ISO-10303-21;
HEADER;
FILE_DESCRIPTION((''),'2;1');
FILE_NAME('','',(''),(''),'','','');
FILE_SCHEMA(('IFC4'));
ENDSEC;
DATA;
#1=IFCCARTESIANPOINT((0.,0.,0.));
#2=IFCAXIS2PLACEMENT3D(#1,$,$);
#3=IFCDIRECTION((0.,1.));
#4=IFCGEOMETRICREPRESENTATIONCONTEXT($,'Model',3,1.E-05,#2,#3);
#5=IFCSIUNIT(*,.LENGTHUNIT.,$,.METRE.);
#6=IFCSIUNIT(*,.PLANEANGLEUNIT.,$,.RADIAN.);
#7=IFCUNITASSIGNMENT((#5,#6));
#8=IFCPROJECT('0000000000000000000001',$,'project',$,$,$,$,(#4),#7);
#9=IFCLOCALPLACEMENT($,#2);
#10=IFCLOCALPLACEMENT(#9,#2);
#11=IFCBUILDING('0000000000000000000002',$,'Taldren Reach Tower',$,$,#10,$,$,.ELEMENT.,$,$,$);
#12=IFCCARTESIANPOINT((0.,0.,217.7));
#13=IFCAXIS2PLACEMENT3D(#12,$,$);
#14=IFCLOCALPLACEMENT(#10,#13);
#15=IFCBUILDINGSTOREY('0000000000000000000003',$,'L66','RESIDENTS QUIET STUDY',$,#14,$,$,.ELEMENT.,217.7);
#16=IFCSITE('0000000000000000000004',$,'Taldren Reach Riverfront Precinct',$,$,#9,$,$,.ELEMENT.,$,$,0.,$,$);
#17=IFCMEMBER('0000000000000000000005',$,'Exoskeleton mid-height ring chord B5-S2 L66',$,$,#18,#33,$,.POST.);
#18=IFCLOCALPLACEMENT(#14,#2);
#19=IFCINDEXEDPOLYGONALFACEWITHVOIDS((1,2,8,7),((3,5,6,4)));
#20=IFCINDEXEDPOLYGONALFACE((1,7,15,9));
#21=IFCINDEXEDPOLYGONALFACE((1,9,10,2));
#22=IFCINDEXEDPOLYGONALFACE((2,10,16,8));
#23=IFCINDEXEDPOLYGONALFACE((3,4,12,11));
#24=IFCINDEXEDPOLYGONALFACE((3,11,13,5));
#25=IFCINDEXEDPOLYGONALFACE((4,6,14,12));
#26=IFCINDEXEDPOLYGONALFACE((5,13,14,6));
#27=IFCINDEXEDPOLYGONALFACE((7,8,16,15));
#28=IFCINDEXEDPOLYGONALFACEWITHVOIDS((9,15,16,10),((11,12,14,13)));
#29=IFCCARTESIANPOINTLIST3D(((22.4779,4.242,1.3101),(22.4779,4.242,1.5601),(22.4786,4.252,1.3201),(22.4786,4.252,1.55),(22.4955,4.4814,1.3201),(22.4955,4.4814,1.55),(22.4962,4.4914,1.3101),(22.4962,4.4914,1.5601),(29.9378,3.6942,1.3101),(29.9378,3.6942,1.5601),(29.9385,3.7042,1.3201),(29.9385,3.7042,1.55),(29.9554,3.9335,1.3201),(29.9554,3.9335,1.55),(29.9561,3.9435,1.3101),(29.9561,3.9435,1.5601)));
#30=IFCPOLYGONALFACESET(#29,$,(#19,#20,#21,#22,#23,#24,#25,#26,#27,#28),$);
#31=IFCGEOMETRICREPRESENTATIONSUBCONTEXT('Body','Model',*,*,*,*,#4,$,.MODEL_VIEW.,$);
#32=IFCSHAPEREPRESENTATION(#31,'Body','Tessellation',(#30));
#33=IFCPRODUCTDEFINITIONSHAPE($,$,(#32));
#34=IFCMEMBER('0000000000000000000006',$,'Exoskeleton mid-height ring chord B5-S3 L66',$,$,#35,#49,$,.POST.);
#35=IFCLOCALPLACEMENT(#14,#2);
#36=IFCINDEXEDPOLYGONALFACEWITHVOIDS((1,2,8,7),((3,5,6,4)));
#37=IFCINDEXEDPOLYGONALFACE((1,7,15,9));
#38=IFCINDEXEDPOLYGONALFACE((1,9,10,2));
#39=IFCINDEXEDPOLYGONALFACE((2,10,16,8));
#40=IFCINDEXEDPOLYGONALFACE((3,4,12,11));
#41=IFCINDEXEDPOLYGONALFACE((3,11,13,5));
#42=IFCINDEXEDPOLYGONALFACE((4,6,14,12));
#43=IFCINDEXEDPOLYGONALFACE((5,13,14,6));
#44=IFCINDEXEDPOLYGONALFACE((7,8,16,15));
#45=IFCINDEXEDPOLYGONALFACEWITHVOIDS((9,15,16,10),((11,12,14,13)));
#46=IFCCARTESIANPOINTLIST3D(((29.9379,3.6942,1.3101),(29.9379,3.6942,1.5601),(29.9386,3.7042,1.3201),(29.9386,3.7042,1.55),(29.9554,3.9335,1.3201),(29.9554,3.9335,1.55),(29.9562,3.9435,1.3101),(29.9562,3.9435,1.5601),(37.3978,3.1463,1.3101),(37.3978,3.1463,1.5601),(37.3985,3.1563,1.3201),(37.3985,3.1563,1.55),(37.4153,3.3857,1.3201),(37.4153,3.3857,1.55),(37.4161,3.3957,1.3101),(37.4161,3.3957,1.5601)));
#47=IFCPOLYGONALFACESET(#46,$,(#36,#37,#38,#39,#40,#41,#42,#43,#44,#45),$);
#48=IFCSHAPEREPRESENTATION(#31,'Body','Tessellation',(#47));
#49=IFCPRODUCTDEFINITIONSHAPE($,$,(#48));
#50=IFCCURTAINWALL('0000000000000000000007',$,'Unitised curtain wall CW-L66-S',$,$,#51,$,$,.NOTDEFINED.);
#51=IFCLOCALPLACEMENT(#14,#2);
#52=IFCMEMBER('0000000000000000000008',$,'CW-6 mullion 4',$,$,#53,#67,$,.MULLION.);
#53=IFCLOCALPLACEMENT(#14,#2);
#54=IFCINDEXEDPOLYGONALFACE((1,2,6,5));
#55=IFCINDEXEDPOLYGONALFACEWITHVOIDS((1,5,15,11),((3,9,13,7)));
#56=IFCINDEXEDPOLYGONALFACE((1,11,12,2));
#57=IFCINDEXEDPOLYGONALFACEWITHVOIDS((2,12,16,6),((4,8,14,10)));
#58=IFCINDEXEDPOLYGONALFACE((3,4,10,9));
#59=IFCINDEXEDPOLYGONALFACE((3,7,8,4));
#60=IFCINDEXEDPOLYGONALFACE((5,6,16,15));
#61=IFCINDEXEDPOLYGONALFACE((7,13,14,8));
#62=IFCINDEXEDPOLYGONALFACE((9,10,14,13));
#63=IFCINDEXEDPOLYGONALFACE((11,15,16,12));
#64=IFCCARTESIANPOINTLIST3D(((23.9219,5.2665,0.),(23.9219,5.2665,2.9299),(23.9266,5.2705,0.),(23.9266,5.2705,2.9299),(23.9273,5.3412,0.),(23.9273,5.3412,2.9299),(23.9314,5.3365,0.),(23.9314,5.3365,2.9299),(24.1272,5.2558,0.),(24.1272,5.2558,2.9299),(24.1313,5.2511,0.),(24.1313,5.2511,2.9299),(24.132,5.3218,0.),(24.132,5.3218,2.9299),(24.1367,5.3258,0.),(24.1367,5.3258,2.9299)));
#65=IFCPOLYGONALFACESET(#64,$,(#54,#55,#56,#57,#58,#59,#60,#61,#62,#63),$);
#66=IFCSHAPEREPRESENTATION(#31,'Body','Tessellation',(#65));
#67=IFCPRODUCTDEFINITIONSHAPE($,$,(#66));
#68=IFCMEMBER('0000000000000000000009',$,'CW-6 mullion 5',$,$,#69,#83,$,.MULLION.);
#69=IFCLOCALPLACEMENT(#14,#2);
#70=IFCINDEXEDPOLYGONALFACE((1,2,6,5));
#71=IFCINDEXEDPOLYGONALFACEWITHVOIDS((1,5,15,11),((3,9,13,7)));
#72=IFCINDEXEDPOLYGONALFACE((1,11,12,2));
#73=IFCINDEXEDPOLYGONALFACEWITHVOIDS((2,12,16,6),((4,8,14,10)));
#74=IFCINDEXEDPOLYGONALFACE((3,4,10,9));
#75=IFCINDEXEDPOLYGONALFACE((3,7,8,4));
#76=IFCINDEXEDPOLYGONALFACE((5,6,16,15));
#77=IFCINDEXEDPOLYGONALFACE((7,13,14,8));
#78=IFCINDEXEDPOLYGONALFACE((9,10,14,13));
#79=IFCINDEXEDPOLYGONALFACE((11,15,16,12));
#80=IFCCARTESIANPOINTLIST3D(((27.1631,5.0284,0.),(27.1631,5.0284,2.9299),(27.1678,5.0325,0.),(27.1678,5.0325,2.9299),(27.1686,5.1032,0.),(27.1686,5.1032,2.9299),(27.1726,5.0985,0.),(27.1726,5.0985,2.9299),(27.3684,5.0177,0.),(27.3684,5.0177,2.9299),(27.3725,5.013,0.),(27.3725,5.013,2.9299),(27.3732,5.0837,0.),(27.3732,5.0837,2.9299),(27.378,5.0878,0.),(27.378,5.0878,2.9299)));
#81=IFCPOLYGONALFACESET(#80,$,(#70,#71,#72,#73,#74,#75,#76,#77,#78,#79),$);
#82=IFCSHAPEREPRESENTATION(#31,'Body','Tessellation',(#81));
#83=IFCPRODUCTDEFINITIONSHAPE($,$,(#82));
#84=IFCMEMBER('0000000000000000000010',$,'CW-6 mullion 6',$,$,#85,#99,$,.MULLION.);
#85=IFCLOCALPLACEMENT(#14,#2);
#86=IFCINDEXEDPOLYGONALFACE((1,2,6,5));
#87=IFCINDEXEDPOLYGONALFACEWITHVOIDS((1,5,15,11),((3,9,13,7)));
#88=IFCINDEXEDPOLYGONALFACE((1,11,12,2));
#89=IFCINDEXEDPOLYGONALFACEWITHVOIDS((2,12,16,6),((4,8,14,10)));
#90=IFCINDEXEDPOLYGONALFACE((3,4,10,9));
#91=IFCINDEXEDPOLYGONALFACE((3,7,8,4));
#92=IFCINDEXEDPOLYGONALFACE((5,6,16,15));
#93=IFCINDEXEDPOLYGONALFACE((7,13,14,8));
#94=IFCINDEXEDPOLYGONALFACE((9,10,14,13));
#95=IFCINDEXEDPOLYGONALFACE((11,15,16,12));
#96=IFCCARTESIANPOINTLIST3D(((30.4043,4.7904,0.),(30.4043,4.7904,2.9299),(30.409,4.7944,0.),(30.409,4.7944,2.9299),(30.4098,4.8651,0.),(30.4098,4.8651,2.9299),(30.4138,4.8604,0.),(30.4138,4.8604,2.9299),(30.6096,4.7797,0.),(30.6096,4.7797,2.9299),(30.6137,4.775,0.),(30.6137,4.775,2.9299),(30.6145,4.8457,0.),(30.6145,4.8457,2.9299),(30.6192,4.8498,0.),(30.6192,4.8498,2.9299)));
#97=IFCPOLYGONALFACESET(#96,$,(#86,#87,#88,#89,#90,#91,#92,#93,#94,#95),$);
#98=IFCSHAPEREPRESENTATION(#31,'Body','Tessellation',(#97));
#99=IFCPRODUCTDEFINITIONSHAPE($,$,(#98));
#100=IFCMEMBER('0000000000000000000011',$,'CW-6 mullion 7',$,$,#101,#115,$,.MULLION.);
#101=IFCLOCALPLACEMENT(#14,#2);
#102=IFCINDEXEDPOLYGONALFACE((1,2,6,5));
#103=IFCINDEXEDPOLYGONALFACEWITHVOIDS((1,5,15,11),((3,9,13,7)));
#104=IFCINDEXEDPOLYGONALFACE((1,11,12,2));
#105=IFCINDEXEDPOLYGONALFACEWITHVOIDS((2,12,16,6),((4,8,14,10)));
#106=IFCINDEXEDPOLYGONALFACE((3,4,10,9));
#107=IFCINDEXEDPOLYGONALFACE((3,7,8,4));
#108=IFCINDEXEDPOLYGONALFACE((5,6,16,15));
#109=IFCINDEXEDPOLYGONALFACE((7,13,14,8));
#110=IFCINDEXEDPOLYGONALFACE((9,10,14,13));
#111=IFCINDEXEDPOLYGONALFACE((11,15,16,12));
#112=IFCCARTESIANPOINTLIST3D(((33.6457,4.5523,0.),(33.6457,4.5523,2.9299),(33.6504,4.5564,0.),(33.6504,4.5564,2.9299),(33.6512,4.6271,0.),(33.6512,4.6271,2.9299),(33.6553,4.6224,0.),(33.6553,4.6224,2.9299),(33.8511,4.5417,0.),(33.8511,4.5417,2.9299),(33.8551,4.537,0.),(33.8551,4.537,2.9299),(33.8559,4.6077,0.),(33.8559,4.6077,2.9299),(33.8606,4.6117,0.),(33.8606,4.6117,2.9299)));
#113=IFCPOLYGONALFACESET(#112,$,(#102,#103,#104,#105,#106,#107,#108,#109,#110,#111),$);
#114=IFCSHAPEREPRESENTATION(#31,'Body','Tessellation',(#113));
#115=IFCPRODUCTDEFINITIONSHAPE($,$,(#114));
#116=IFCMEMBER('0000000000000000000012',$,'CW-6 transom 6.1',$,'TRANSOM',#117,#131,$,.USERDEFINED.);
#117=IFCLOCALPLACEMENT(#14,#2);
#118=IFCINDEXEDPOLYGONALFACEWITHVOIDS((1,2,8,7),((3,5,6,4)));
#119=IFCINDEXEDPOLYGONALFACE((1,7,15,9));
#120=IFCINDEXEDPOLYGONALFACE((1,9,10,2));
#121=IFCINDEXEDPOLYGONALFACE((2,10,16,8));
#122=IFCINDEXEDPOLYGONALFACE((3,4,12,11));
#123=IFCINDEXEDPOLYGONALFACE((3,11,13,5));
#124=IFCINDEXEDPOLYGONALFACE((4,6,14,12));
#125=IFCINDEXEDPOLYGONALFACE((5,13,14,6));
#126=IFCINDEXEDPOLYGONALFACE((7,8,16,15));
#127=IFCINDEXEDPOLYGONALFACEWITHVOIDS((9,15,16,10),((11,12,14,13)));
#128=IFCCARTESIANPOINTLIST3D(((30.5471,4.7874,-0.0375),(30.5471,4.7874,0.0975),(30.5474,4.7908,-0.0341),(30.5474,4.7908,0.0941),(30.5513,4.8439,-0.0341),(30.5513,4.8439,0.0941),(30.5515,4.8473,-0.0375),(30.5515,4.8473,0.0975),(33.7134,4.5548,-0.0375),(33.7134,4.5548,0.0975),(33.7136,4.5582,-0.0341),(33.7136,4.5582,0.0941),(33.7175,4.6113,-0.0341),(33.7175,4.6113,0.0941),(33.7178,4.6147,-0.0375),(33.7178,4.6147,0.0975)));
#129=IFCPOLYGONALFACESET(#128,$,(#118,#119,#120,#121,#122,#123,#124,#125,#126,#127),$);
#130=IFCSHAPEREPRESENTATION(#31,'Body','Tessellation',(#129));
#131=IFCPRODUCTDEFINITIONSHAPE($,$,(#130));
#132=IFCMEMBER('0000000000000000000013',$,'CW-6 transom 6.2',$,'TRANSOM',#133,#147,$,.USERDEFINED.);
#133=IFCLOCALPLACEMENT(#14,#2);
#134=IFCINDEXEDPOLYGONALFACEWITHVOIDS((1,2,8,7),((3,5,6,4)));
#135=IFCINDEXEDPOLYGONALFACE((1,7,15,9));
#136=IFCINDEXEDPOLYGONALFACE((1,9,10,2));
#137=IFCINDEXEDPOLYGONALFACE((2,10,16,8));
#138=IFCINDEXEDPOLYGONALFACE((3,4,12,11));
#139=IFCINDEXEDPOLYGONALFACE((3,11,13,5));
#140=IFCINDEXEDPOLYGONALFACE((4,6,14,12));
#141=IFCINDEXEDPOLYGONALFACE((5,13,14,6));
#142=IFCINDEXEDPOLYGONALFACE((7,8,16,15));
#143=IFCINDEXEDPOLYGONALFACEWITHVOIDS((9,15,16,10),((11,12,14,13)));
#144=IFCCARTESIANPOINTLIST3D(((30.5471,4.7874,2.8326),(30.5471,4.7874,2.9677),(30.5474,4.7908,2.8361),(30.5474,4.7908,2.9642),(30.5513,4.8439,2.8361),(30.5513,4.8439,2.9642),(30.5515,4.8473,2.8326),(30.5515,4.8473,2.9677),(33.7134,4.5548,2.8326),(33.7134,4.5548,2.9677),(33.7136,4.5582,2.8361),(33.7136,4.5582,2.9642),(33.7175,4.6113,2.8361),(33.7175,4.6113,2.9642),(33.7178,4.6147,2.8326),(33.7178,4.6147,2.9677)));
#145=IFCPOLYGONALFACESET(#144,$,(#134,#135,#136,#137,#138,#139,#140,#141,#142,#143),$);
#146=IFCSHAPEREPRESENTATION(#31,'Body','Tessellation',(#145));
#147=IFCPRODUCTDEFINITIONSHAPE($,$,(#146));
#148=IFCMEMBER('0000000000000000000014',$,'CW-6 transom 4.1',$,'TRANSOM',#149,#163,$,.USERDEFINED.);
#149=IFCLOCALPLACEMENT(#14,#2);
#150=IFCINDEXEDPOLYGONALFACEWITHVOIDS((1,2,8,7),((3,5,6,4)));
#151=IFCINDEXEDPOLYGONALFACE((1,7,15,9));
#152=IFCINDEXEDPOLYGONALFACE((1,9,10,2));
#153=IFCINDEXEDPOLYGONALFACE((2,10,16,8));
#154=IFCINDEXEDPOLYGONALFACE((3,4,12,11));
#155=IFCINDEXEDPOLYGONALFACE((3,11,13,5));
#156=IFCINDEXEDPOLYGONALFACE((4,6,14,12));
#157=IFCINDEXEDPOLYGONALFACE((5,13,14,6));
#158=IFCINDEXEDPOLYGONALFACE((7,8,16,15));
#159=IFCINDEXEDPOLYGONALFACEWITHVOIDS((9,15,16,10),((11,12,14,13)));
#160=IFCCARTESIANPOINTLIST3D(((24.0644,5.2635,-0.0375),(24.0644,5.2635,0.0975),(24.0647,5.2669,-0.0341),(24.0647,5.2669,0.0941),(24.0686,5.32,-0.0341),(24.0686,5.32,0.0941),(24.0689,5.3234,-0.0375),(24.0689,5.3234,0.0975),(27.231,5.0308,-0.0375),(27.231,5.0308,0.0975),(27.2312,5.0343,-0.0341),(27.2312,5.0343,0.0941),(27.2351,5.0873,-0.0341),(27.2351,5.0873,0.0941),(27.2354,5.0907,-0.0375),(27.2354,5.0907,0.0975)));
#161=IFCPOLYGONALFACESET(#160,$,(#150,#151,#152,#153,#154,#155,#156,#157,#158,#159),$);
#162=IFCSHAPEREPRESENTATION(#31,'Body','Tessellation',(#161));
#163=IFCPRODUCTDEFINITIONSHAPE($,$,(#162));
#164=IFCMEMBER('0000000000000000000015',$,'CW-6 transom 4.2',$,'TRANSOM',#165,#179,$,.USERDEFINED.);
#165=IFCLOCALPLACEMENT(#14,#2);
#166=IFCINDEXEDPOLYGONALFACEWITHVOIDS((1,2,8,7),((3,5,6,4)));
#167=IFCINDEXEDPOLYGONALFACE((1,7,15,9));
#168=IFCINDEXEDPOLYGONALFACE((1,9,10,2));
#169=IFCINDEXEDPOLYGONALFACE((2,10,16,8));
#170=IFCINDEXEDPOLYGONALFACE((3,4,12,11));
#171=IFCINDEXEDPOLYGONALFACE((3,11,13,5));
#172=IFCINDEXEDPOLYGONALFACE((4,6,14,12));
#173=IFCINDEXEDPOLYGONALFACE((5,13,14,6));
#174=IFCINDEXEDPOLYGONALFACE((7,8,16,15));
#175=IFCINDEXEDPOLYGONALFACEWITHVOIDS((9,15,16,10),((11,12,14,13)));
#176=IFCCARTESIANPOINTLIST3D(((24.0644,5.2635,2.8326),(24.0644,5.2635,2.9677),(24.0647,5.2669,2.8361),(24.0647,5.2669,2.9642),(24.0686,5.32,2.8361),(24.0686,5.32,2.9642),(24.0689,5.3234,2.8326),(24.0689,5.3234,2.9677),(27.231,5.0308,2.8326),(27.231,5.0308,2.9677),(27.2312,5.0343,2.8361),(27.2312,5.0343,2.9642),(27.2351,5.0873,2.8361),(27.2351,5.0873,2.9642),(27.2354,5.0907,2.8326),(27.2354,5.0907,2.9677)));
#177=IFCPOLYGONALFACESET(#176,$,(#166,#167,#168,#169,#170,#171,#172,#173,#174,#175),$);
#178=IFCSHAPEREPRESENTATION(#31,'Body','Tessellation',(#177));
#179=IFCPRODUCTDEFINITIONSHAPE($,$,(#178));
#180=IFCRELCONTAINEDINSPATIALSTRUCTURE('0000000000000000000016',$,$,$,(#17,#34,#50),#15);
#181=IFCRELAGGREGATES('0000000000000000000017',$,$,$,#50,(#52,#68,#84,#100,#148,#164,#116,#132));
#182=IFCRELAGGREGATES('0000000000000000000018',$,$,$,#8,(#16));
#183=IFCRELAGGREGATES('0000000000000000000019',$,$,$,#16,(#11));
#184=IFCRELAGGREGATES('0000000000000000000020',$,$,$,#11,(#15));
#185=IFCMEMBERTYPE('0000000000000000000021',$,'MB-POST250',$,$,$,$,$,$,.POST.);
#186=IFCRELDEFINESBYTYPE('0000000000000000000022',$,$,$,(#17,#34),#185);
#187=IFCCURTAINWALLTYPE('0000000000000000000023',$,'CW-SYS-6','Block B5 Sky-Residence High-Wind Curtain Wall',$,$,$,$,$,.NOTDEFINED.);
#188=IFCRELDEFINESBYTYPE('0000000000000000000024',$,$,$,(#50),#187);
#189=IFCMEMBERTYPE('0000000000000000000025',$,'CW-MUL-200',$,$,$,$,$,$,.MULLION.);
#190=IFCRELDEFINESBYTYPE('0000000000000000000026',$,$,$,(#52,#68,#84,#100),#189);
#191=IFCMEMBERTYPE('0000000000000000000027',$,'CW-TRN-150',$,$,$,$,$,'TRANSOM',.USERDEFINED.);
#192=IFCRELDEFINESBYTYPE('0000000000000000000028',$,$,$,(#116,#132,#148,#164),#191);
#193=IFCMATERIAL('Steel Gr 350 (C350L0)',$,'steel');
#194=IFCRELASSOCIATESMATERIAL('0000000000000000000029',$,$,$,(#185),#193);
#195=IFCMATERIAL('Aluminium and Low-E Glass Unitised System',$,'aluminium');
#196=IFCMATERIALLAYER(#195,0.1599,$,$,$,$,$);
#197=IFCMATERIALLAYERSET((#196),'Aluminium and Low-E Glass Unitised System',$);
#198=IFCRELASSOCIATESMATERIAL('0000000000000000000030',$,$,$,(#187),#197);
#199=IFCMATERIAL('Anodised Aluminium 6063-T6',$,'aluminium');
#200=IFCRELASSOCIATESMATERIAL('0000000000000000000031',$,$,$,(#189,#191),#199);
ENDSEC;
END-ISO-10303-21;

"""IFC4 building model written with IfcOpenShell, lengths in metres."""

from ifc_helpers import new_model, si_unit, direction, frame, origin, origin_2d, place, context, subcontext, project, spatial, hollow_rectangle, extrude, source, transform, mapped, material, layer, layer_set, material_profile, profile_set, type_object, element, aggregate, save


model = new_model("IFC4")

# Units and contexts
model_context = context("Model", 3, precision=1e-05, world=origin(), true_north=direction((0.0, 1.0)))
body_context = subcontext(model_context, "Body", "Model", "MODEL_VIEW")
ifc_project = project(units=[si_unit("LENGTHUNIT", "METRE"), si_unit("PLANEANGLEUNIT", "RADIAN")], contexts=[model_context])

# Site, building, storey
site_placement = place(None, origin())
site = spatial("IfcSite", under=ifc_project, at=site_placement, Name="Taldren Reach Riverfront Precinct", CompositionType="ELEMENT", RefElevation=0.0)
building_placement = place(site_placement, origin())
building = spatial("IfcBuilding", under=site, at=building_placement, Name="Taldren Reach Tower", CompositionType="ELEMENT")
storey_placement = place(building_placement, frame((0.0, 0.0, 217.7)))
storey = spatial("IfcBuildingStorey", under=building, at=storey_placement, Name="L66", Description="RESIDENTS QUIET STUDY", CompositionType="ELEMENT", Elevation=217.7)

# Shared definitions
ifc_material_1 = material(Name="Steel Gr 350 (C350L0)", Category="steel")
ifc_material_profile_1 = material_profile(ifc_material_1, hollow_rectangle(XDim=0.25, YDim=0.25, WallThickness=0.01, at=origin_2d()), Name="250x250x10.0SHS")
ifc_profile_set_1 = profile_set([ifc_material_profile_1], Name="Steel Gr 350 (C350L0)")
member_type_1 = type_object("IfcMemberType", Name="MB-POST250", PredefinedType="POST", material=ifc_profile_set_1)

# Members
shared_shape_1 = source(origin(), body_context, "Body", "SweptSolid", [
    extrude(hollow_rectangle(XDim=0.25, YDim=0.25, WallThickness=0.01, at=origin_2d()), origin(), (0.0, 0.0, 1.0), 7.48),
])
for number, where, z_axis, x_axis, name in (
    (1, (22.4871, 4.3667, 1.4351), (0.997314, -0.073242, 0.0), (0.073242, 0.997314, 0.0), "Exoskeleton mid-height ring chord B5-S2 L66"),
    (2, (29.947, 3.8188, 1.4351), (0.997314, -0.073242, 0.0), (0.073242, 0.997314, 0.0), "Exoskeleton mid-height ring chord B5-S3 L66"),
):
    element("IfcMember", number, at=place(storey_placement, frame(where, z_axis=z_axis, x_axis=x_axis)), inside=storey, type_object=member_type_1, Name=name, PredefinedType="POST", context=body_context, shape_type="MappedRepresentation", body=[
        mapped(shared_shape_1, transform((0.0, 0.0, 0.0), scale=1.0)),
    ])

# Curtain wall, members
ifc_material_2 = material(Name="Aluminium and Low-E Glass Unitised System", Category="aluminium")
ifc_layer_1 = layer(ifc_material_2, 0.1599)
ifc_layer_set_1 = layer_set([ifc_layer_1], Name="Aluminium and Low-E Glass Unitised System")
curtain_wall_type = type_object("IfcCurtainWallType", Name="CW-SYS-6", Description="Block B5 Sky-Residence High-Wind Curtain Wall", PredefinedType="NOTDEFINED", material=ifc_layer_set_1)
curtain_wall_placement = place(storey_placement, origin())
curtain_wall = element("IfcCurtainWall", 3, at=curtain_wall_placement, inside=storey, type_object=curtain_wall_type, Name="Unitised curtain wall CW-L66-S", PredefinedType="NOTDEFINED")
ifc_material_3 = material(Name="Anodised Aluminium 6063-T6", Category="aluminium")
ifc_material_profile_2 = material_profile(ifc_material_3, hollow_rectangle(XDim=0.075, YDim=0.21, WallThickness=0.0044, at=origin_2d()), Name="ALU-210x75x4.5RHS")
ifc_profile_set_2 = profile_set([ifc_material_profile_2], Name="Anodised Aluminium 6063-T6")
member_type_2 = type_object("IfcMemberType", Name="CW-MUL-200", PredefinedType="MULLION", material=ifc_profile_set_2)
shared_shape_2 = source(origin(), body_context, "Body", "SweptSolid", [
    extrude(hollow_rectangle(XDim=0.075, YDim=0.21, WallThickness=0.0044, at=origin_2d()), origin(), (0.0, 0.0, 1.0), 2.9299),
])
member_1_placement = place(storey_placement, frame((24.0293, 5.2961, 0.0), z_axis=(0.0, 0.0, 1.0), x_axis=(0.073238, 0.997314, 0.0)))
member_1 = element("IfcMember", 4, at=member_1_placement, type_object=member_type_2, Name="CW-6 mullion 4", PredefinedType="MULLION", context=body_context, shape_type="MappedRepresentation", body=[
    mapped(shared_shape_2, transform((0.0, 0.0, 0.0), scale=1.0)),
])
member_2_placement = place(storey_placement, frame((27.2705, 5.0581, 0.0), z_axis=(0.0, 0.0, 1.0), x_axis=(0.073238, 0.997314, 0.0)))
member_2 = element("IfcMember", 5, at=member_2_placement, type_object=member_type_2, Name="CW-6 mullion 5", PredefinedType="MULLION", context=body_context, shape_type="MappedRepresentation", body=[
    mapped(shared_shape_2, transform((0.0, 0.0, 0.0), scale=1.0)),
])
member_3_placement = place(storey_placement, frame((30.5117, 4.8201, 0.0), z_axis=(0.0, 0.0, 1.0), x_axis=(0.073238, 0.997314, 0.0)))
member_3 = element("IfcMember", 6, at=member_3_placement, type_object=member_type_2, Name="CW-6 mullion 6", PredefinedType="MULLION", context=body_context, shape_type="MappedRepresentation", body=[
    mapped(shared_shape_2, transform((0.0, 0.0, 0.0), scale=1.0)),
])
member_4_placement = place(storey_placement, frame((33.7532, 4.582, 0.0), z_axis=(0.0, 0.0, 1.0), x_axis=(0.073238, 0.997314, 0.0)))
member_4 = element("IfcMember", 7, at=member_4_placement, type_object=member_type_2, Name="CW-6 mullion 7", PredefinedType="MULLION", context=body_context, shape_type="MappedRepresentation", body=[
    mapped(shared_shape_2, transform((0.0, 0.0, 0.0), scale=1.0)),
])
ifc_material_profile_3 = material_profile(ifc_material_3, hollow_rectangle(XDim=0.0601, YDim=0.135, WallThickness=0.0034, at=origin_2d()), Name="ALU-135x60x3.5RHS")
ifc_profile_set_3 = profile_set([ifc_material_profile_3], Name="Anodised Aluminium 6063-T6")
member_type_3 = type_object("IfcMemberType", Name="CW-TRN-150", ElementType="TRANSOM", PredefinedType="USERDEFINED", material=ifc_profile_set_3)
shared_shape_3 = source(origin(), body_context, "Body", "SweptSolid", [
    extrude(hollow_rectangle(XDim=0.0601, YDim=0.135, WallThickness=0.0034, at=origin_2d()), origin(), (0.0, 0.0, 1.0), 3.1748),
])
member_5_placement = place(storey_placement, frame((30.5493, 4.8174, 0.03), z_axis=(0.997311, -0.073285, 0.0), x_axis=(0.073285, 0.997311, 0.0)))
member_5 = element("IfcMember", 8, at=member_5_placement, type_object=member_type_3, Name="CW-6 transom 6.1", ObjectType="TRANSOM", PredefinedType="USERDEFINED", context=body_context, shape_type="MappedRepresentation", body=[
    mapped(shared_shape_3, transform((0.0, 0.0, 0.0), scale=1.0)),
])
member_6_placement = place(storey_placement, frame((30.5493, 4.8174, 2.9001), z_axis=(0.997311, -0.073285, 0.0), x_axis=(0.073285, 0.997311, 0.0)))
member_6 = element("IfcMember", 9, at=member_6_placement, type_object=member_type_3, Name="CW-6 transom 6.2", ObjectType="TRANSOM", PredefinedType="USERDEFINED", context=body_context, shape_type="MappedRepresentation", body=[
    mapped(shared_shape_3, transform((0.0, 0.0, 0.0), scale=1.0)),
])
shared_shape_4 = source(origin(), body_context, "Body", "SweptSolid", [
    extrude(hollow_rectangle(XDim=0.0601, YDim=0.135, WallThickness=0.0034, at=origin_2d()), origin(), (0.0, 0.0, 1.0), 3.175),
])
member_7_placement = place(storey_placement, frame((24.0667, 5.2935, 0.03), z_axis=(0.997311, -0.07328, 0.0), x_axis=(0.07328, 0.997311, 0.0)))
member_7 = element("IfcMember", 10, at=member_7_placement, type_object=member_type_3, Name="CW-6 transom 4.1", ObjectType="TRANSOM", PredefinedType="USERDEFINED", context=body_context, shape_type="MappedRepresentation", body=[
    mapped(shared_shape_4, transform((0.0, 0.0, 0.0), scale=1.0)),
])
member_8_placement = place(storey_placement, frame((24.0667, 5.2935, 2.9001), z_axis=(0.997311, -0.07328, 0.0), x_axis=(0.07328, 0.997311, 0.0)))
member_8 = element("IfcMember", 11, at=member_8_placement, type_object=member_type_3, Name="CW-6 transom 4.2", ObjectType="TRANSOM", PredefinedType="USERDEFINED", context=body_context, shape_type="MappedRepresentation", body=[
    mapped(shared_shape_4, transform((0.0, 0.0, 0.0), scale=1.0)),
])

aggregate(curtain_wall, [member_1, member_2, member_3, member_4, member_7, member_8, member_5, member_6])

save(model, "model.ifc")
